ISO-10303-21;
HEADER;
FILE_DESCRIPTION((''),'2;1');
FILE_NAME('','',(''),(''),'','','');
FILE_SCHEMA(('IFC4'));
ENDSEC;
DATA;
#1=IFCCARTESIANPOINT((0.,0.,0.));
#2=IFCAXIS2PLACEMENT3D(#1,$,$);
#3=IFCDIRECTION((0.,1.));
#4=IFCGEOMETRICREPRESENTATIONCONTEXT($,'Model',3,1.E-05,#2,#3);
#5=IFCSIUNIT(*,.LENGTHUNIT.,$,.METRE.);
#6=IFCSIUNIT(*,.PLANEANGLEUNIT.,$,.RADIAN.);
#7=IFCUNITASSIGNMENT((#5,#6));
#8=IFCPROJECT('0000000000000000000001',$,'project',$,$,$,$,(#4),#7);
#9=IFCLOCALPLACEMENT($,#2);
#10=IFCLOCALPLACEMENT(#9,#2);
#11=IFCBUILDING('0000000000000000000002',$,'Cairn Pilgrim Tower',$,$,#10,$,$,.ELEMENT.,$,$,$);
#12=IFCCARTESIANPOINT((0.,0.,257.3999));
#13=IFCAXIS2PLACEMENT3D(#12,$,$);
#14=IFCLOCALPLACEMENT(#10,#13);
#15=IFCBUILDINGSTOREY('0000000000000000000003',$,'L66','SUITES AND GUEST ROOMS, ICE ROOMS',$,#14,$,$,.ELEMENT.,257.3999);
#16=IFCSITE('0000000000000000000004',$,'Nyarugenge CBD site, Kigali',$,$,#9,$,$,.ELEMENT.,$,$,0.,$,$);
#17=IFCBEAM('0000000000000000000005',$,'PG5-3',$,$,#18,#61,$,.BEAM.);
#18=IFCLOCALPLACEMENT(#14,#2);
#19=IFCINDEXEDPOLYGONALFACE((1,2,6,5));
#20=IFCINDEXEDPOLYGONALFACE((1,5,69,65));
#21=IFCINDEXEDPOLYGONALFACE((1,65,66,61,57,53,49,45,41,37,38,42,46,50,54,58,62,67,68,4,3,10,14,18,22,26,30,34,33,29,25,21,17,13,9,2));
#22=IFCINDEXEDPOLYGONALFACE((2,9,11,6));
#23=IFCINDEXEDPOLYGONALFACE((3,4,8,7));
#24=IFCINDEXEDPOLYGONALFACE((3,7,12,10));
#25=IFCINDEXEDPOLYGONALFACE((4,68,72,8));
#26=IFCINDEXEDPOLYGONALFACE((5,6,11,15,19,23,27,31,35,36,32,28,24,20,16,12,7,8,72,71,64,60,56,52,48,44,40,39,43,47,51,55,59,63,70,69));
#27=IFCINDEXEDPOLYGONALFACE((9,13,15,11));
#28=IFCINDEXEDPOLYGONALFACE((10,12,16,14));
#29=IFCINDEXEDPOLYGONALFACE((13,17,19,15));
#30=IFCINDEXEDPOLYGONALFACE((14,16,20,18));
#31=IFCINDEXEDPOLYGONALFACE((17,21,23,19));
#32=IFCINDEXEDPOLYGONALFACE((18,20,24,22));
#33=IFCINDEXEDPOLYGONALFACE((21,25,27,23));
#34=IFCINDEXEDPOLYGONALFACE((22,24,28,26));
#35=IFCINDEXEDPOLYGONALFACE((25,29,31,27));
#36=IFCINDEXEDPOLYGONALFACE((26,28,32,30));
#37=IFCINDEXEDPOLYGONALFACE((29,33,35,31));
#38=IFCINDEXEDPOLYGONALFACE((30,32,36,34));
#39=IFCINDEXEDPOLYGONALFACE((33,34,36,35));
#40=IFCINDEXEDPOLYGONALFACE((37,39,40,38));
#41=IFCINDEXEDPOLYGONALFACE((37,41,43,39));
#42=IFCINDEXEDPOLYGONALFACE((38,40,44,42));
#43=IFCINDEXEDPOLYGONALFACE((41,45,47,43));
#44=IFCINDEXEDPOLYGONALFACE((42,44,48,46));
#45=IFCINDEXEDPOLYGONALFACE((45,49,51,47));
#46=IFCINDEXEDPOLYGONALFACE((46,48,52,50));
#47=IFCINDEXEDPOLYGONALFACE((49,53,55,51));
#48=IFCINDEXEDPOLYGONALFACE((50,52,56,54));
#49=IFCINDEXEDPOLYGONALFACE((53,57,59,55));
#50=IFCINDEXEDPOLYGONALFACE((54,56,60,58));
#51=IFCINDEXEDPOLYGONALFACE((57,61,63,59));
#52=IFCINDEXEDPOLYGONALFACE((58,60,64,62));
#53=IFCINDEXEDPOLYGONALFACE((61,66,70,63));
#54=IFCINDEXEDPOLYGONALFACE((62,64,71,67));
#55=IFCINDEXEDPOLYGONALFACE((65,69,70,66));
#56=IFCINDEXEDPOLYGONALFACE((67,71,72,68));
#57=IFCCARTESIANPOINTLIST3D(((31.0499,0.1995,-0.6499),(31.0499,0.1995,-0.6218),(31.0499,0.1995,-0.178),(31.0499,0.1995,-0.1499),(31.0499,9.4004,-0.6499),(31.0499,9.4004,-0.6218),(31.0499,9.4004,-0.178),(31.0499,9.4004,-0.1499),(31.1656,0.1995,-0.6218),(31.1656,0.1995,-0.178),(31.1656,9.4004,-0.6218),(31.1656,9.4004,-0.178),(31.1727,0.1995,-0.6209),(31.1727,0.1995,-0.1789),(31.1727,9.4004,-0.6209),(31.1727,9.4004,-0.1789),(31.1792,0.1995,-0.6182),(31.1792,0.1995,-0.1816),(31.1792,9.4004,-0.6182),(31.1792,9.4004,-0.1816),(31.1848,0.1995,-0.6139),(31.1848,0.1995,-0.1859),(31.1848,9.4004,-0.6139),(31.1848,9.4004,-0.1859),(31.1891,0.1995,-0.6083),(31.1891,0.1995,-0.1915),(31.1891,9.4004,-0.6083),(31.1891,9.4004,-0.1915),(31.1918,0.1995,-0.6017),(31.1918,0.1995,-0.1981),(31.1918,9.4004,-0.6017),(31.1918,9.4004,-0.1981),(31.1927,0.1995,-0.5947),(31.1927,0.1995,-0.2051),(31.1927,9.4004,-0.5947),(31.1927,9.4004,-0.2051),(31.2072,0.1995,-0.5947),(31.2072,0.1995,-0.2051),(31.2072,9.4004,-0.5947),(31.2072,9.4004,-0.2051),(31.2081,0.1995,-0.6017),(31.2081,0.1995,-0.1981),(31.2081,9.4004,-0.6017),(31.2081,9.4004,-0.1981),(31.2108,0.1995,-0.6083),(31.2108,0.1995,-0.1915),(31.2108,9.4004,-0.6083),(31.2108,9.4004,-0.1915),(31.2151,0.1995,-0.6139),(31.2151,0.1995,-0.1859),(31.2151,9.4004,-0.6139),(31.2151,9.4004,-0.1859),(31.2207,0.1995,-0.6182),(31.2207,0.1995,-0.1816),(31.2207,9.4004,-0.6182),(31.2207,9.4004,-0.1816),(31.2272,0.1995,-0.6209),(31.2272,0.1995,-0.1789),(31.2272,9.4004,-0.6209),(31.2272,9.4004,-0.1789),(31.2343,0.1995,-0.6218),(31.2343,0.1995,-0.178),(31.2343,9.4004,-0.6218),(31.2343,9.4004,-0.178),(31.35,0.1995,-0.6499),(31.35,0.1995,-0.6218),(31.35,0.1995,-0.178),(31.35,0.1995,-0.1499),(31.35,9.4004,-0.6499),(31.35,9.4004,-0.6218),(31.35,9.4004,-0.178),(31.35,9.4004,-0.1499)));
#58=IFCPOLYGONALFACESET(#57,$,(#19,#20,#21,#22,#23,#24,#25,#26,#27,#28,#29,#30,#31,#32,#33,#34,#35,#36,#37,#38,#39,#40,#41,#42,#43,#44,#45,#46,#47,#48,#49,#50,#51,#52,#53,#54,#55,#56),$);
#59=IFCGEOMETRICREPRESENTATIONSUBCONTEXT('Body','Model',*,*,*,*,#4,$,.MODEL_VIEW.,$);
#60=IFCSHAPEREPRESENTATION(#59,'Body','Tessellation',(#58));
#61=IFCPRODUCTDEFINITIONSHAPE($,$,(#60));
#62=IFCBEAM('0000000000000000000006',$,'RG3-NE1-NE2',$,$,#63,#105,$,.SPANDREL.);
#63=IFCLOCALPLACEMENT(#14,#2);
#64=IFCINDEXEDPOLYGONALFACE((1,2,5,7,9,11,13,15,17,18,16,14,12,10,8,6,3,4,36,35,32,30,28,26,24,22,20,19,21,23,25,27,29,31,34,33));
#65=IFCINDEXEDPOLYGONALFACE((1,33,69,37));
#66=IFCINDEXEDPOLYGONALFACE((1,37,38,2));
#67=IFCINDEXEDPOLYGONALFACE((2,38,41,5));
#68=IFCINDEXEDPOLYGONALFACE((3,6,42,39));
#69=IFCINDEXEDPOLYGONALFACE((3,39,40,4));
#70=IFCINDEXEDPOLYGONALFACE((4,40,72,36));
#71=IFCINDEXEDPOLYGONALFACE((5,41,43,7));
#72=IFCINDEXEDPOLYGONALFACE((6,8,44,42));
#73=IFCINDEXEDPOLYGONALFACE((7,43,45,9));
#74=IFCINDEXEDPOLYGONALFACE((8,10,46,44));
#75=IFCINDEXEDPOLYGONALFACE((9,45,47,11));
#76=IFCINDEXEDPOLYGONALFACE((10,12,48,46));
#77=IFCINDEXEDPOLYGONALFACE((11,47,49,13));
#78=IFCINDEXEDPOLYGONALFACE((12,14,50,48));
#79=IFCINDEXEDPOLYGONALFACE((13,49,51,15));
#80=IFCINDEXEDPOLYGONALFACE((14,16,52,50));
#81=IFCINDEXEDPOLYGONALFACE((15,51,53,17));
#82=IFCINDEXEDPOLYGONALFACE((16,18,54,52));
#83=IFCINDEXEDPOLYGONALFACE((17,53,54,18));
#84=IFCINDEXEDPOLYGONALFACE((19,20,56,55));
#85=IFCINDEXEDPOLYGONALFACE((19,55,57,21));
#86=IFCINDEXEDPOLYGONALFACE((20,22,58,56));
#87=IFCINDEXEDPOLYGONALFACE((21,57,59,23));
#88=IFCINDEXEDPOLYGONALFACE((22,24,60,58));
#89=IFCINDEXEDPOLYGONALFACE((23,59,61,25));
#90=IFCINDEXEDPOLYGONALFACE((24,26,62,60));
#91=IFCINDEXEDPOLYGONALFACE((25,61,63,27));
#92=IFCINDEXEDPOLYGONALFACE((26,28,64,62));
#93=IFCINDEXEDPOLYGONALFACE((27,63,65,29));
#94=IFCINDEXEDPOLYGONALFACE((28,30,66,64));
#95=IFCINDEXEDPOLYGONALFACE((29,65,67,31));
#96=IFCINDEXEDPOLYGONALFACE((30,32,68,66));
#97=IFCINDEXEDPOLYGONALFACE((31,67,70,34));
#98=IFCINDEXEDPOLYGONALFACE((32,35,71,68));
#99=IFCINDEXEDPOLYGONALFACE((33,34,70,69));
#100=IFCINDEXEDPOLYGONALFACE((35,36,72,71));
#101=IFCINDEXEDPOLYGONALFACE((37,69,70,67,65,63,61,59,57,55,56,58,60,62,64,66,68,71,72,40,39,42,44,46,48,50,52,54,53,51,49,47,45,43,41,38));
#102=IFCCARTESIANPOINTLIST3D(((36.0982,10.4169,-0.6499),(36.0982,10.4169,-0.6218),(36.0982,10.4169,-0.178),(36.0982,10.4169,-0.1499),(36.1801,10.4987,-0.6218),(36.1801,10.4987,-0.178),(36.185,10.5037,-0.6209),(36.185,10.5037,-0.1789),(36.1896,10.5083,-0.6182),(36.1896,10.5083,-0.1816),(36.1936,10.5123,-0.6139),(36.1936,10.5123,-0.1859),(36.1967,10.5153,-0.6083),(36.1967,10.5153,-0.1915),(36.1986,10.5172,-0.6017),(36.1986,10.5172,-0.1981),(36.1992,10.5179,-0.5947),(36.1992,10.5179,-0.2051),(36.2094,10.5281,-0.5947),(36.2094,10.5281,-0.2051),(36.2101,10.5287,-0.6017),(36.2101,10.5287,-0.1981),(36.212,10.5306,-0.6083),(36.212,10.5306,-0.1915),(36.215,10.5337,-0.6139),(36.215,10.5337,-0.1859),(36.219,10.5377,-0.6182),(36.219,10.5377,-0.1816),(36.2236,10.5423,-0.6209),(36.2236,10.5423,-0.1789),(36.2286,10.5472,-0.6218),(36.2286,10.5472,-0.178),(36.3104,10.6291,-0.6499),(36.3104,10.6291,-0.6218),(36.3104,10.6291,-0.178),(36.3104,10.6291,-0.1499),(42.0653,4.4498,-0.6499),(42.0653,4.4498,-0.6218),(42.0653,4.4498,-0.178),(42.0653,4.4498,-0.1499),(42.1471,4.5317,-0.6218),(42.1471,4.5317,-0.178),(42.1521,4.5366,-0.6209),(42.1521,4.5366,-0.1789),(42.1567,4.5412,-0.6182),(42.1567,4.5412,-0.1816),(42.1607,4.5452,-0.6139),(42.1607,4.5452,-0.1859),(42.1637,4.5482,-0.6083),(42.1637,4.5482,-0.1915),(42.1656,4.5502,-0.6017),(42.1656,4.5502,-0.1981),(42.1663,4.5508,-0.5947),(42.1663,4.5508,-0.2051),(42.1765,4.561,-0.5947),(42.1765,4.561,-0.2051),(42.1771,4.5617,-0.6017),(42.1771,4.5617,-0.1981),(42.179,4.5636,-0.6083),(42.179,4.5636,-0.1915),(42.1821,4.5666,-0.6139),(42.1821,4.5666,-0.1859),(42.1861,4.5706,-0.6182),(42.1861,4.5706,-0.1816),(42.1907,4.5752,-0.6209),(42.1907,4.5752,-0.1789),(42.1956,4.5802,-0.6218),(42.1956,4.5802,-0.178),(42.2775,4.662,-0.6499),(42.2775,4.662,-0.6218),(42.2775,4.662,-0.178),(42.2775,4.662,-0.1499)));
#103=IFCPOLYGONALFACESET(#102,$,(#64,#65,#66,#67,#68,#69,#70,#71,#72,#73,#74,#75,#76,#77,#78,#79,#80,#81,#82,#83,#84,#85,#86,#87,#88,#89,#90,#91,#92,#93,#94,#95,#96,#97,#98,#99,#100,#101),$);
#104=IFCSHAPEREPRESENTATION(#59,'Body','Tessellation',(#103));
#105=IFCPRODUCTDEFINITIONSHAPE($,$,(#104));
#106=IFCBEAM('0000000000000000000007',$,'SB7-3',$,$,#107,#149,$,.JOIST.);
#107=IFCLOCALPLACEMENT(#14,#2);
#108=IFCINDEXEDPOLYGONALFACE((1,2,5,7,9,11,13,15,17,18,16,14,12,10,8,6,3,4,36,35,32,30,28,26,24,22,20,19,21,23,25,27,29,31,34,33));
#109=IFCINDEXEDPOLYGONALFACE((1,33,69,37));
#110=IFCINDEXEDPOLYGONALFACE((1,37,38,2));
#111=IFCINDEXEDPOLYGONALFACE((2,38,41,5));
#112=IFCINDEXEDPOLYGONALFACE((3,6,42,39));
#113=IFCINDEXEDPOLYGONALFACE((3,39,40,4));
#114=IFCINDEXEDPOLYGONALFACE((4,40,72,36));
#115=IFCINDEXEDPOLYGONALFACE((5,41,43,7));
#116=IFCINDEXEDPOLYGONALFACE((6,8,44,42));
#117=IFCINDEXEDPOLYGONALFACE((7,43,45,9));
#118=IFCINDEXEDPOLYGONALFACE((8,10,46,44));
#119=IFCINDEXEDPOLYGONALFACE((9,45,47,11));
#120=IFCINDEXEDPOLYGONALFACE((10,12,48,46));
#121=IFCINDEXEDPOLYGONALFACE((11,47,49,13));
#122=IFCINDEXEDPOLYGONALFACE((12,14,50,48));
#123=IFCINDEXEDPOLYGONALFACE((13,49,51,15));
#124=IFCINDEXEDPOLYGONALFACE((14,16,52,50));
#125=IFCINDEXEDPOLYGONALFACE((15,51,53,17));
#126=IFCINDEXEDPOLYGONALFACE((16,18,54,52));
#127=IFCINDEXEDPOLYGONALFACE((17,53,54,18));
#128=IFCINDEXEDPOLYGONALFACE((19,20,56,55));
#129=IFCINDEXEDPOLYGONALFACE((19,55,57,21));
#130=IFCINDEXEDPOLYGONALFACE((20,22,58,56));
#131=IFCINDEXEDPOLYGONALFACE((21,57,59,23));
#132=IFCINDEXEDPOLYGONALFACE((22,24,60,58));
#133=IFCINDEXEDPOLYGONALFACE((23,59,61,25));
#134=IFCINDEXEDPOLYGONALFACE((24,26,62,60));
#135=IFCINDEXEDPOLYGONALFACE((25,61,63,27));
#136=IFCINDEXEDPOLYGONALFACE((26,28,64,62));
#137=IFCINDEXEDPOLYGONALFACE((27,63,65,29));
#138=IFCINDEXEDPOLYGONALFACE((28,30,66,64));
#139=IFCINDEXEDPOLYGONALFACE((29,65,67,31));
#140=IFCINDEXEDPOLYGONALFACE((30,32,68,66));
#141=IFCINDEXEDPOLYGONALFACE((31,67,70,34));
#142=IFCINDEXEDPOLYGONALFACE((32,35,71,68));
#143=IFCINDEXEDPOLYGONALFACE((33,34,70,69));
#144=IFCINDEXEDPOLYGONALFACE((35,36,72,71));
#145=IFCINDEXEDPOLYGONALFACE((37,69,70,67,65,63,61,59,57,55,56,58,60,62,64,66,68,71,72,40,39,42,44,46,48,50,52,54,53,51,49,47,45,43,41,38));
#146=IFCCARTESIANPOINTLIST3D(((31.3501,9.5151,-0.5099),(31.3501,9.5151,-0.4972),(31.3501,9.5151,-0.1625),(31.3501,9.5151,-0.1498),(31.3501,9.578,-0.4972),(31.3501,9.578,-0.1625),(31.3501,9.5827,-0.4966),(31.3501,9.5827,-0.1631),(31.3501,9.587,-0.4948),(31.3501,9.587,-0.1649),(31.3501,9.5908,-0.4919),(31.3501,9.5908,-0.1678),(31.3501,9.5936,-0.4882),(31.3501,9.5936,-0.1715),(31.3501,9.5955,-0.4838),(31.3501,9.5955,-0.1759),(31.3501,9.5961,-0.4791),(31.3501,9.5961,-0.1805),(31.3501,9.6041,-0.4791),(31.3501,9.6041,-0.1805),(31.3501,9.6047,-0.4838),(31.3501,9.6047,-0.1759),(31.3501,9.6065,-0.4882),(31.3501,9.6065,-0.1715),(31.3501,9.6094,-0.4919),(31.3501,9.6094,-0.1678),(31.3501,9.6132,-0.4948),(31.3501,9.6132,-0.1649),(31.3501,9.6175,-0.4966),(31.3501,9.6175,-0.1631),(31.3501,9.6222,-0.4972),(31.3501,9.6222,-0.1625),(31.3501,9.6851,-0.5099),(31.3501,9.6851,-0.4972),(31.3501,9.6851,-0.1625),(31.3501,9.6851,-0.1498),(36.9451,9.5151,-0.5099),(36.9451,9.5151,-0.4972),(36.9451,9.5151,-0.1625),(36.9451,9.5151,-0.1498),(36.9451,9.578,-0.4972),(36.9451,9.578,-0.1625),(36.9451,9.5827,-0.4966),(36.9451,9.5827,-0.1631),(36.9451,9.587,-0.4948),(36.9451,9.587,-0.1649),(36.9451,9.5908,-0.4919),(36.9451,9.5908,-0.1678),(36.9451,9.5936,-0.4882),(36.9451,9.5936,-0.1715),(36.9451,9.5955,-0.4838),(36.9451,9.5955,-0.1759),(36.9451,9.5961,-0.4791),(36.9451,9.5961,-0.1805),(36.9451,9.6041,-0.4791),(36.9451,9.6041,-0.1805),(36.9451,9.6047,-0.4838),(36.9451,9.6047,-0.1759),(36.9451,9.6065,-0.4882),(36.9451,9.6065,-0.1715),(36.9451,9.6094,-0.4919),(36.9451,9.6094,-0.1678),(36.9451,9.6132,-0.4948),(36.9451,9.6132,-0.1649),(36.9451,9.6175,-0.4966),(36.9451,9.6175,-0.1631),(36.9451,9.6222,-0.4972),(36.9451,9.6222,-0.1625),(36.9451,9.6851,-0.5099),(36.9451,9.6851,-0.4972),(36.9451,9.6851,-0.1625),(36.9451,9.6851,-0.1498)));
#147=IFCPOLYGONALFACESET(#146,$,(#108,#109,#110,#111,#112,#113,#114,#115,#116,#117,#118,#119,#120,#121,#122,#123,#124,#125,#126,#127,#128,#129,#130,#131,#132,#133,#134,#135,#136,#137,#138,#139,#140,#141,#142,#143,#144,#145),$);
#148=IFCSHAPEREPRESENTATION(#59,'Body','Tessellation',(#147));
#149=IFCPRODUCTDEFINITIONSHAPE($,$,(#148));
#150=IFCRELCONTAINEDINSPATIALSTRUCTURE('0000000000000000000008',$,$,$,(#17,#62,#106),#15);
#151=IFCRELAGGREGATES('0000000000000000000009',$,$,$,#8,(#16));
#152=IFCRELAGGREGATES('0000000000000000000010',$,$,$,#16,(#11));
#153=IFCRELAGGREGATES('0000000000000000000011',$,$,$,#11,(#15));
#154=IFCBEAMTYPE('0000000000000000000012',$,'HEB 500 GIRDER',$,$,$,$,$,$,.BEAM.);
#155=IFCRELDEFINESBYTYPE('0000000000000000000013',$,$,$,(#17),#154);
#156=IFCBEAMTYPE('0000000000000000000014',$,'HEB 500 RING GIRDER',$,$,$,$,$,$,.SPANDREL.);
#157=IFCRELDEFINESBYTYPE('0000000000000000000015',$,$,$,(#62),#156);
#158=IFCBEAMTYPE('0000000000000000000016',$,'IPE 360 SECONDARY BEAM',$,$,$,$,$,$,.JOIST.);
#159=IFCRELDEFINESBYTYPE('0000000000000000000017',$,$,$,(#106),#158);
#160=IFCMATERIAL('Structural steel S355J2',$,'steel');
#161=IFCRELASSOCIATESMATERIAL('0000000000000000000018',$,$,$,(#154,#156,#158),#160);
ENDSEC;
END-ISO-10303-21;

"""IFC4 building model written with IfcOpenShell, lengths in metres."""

from ifc_helpers import new_model, si_unit, direction, frame, origin, origin_2d, place, context, subcontext, project, spatial, i_section, extrude, material, material_profile, profile_set, type_object, element, save


model = new_model("IFC4")

# Units and contexts
model_context = context("Model", 3, precision=1e-05, world=origin(), true_north=direction((0.0, 1.0)))
body_context = subcontext(model_context, "Body", "Model", "MODEL_VIEW")
ifc_project = project(units=[si_unit("LENGTHUNIT", "METRE"), si_unit("PLANEANGLEUNIT", "RADIAN")], contexts=[model_context])

# Site, building, storey
site_placement = place(None, origin())
site = spatial("IfcSite", under=ifc_project, at=site_placement, Name="Nyarugenge CBD site, Kigali", CompositionType="ELEMENT", RefElevation=0.0)
building_placement = place(site_placement, origin())
building = spatial("IfcBuilding", under=site, at=building_placement, Name="Cairn Pilgrim Tower", CompositionType="ELEMENT")
storey_placement = place(building_placement, frame((0.0, 0.0, 257.3999)))
storey = spatial("IfcBuildingStorey", under=building, at=storey_placement, Name="L66", Description="SUITES AND GUEST ROOMS, ICE ROOMS", CompositionType="ELEMENT", Elevation=257.3999)

# Shared definitions
ifc_material_1 = material(Name="Structural steel S355J2", Category="steel")

# Beams
ifc_material_profile_1 = material_profile(ifc_material_1, i_section(OverallWidth=0.3, OverallDepth=0.5, WebThickness=0.0144, FlangeThickness=0.0281, FilletRadius=0.0271, at=origin_2d()), Name="HEB 500")
ifc_profile_set_1 = profile_set([ifc_material_profile_1], Name="Structural steel S355J2")
beam_type_1 = type_object("IfcBeamType", Name="HEB 500 GIRDER", PredefinedType="BEAM", material=ifc_profile_set_1)
beam_1_placement = place(storey_placement, frame((31.2, 0.1995, -0.3999), z_axis=(0.0, 1.0, 0.0), x_axis=(-1.0, 0.0, 0.0)))
element("IfcBeam", 1, at=beam_1_placement, inside=storey, type_object=beam_type_1, Name="PG5-3", PredefinedType="BEAM", context=body_context, shape_type="SweptSolid", body=[
    extrude(i_section(OverallWidth=0.3, OverallDepth=0.5, WebThickness=0.0144, FlangeThickness=0.0281, FilletRadius=0.0271, at=origin_2d()), origin(), (0.0, 0.0, 1.0), 9.2009),
])
ifc_material_profile_2 = material_profile(ifc_material_1, i_section(OverallWidth=0.3, OverallDepth=0.5, WebThickness=0.0144, FlangeThickness=0.0281, FilletRadius=0.0271, at=origin_2d()), Name="HEB 500")
ifc_profile_set_2 = profile_set([ifc_material_profile_2], Name="Structural steel S355J2")
beam_type_2 = type_object("IfcBeamType", Name="HEB 500 RING GIRDER", PredefinedType="SPANDREL", material=ifc_profile_set_2)
beam_2_placement = place(storey_placement, frame((42.1714, 4.5559, -0.3999), z_axis=(-0.707107, 0.707107, 0.0), x_axis=(-0.707107, -0.707107, 0.0)))
element("IfcBeam", 2, at=beam_2_placement, inside=storey, type_object=beam_type_2, Name="RG3-NE1-NE2", PredefinedType="SPANDREL", context=body_context, shape_type="SweptSolid", body=[
    extrude(i_section(OverallWidth=0.3, OverallDepth=0.5, WebThickness=0.0144, FlangeThickness=0.0281, FilletRadius=0.0271, at=origin_2d()), origin(), (0.0, 0.0, 1.0), 8.4387),
])
ifc_material_profile_3 = material_profile(ifc_material_1, i_section(OverallWidth=0.1699, OverallDepth=0.3601, WebThickness=0.0081, FlangeThickness=0.0127, FilletRadius=0.0181, at=origin_2d()), Name="IPE 360")
ifc_profile_set_3 = profile_set([ifc_material_profile_3], Name="Structural steel S355J2")
beam_type_3 = type_object("IfcBeamType", Name="IPE 360 SECONDARY BEAM", PredefinedType="JOIST", material=ifc_profile_set_3)
beam_3_placement = place(storey_placement, frame((31.3501, 9.6001, -0.3298), z_axis=(1.0, 0.0, 0.0), x_axis=(0.0, 1.0, 0.0)))
element("IfcBeam", 3, at=beam_3_placement, inside=storey, type_object=beam_type_3, Name="SB7-3", PredefinedType="JOIST", context=body_context, shape_type="SweptSolid", body=[
    extrude(i_section(OverallWidth=0.1699, OverallDepth=0.3601, WebThickness=0.0081, FlangeThickness=0.0127, FilletRadius=0.0181, at=origin_2d()), origin(), (0.0, 0.0, 1.0), 5.595),
])

save(model, "model.ifc")
